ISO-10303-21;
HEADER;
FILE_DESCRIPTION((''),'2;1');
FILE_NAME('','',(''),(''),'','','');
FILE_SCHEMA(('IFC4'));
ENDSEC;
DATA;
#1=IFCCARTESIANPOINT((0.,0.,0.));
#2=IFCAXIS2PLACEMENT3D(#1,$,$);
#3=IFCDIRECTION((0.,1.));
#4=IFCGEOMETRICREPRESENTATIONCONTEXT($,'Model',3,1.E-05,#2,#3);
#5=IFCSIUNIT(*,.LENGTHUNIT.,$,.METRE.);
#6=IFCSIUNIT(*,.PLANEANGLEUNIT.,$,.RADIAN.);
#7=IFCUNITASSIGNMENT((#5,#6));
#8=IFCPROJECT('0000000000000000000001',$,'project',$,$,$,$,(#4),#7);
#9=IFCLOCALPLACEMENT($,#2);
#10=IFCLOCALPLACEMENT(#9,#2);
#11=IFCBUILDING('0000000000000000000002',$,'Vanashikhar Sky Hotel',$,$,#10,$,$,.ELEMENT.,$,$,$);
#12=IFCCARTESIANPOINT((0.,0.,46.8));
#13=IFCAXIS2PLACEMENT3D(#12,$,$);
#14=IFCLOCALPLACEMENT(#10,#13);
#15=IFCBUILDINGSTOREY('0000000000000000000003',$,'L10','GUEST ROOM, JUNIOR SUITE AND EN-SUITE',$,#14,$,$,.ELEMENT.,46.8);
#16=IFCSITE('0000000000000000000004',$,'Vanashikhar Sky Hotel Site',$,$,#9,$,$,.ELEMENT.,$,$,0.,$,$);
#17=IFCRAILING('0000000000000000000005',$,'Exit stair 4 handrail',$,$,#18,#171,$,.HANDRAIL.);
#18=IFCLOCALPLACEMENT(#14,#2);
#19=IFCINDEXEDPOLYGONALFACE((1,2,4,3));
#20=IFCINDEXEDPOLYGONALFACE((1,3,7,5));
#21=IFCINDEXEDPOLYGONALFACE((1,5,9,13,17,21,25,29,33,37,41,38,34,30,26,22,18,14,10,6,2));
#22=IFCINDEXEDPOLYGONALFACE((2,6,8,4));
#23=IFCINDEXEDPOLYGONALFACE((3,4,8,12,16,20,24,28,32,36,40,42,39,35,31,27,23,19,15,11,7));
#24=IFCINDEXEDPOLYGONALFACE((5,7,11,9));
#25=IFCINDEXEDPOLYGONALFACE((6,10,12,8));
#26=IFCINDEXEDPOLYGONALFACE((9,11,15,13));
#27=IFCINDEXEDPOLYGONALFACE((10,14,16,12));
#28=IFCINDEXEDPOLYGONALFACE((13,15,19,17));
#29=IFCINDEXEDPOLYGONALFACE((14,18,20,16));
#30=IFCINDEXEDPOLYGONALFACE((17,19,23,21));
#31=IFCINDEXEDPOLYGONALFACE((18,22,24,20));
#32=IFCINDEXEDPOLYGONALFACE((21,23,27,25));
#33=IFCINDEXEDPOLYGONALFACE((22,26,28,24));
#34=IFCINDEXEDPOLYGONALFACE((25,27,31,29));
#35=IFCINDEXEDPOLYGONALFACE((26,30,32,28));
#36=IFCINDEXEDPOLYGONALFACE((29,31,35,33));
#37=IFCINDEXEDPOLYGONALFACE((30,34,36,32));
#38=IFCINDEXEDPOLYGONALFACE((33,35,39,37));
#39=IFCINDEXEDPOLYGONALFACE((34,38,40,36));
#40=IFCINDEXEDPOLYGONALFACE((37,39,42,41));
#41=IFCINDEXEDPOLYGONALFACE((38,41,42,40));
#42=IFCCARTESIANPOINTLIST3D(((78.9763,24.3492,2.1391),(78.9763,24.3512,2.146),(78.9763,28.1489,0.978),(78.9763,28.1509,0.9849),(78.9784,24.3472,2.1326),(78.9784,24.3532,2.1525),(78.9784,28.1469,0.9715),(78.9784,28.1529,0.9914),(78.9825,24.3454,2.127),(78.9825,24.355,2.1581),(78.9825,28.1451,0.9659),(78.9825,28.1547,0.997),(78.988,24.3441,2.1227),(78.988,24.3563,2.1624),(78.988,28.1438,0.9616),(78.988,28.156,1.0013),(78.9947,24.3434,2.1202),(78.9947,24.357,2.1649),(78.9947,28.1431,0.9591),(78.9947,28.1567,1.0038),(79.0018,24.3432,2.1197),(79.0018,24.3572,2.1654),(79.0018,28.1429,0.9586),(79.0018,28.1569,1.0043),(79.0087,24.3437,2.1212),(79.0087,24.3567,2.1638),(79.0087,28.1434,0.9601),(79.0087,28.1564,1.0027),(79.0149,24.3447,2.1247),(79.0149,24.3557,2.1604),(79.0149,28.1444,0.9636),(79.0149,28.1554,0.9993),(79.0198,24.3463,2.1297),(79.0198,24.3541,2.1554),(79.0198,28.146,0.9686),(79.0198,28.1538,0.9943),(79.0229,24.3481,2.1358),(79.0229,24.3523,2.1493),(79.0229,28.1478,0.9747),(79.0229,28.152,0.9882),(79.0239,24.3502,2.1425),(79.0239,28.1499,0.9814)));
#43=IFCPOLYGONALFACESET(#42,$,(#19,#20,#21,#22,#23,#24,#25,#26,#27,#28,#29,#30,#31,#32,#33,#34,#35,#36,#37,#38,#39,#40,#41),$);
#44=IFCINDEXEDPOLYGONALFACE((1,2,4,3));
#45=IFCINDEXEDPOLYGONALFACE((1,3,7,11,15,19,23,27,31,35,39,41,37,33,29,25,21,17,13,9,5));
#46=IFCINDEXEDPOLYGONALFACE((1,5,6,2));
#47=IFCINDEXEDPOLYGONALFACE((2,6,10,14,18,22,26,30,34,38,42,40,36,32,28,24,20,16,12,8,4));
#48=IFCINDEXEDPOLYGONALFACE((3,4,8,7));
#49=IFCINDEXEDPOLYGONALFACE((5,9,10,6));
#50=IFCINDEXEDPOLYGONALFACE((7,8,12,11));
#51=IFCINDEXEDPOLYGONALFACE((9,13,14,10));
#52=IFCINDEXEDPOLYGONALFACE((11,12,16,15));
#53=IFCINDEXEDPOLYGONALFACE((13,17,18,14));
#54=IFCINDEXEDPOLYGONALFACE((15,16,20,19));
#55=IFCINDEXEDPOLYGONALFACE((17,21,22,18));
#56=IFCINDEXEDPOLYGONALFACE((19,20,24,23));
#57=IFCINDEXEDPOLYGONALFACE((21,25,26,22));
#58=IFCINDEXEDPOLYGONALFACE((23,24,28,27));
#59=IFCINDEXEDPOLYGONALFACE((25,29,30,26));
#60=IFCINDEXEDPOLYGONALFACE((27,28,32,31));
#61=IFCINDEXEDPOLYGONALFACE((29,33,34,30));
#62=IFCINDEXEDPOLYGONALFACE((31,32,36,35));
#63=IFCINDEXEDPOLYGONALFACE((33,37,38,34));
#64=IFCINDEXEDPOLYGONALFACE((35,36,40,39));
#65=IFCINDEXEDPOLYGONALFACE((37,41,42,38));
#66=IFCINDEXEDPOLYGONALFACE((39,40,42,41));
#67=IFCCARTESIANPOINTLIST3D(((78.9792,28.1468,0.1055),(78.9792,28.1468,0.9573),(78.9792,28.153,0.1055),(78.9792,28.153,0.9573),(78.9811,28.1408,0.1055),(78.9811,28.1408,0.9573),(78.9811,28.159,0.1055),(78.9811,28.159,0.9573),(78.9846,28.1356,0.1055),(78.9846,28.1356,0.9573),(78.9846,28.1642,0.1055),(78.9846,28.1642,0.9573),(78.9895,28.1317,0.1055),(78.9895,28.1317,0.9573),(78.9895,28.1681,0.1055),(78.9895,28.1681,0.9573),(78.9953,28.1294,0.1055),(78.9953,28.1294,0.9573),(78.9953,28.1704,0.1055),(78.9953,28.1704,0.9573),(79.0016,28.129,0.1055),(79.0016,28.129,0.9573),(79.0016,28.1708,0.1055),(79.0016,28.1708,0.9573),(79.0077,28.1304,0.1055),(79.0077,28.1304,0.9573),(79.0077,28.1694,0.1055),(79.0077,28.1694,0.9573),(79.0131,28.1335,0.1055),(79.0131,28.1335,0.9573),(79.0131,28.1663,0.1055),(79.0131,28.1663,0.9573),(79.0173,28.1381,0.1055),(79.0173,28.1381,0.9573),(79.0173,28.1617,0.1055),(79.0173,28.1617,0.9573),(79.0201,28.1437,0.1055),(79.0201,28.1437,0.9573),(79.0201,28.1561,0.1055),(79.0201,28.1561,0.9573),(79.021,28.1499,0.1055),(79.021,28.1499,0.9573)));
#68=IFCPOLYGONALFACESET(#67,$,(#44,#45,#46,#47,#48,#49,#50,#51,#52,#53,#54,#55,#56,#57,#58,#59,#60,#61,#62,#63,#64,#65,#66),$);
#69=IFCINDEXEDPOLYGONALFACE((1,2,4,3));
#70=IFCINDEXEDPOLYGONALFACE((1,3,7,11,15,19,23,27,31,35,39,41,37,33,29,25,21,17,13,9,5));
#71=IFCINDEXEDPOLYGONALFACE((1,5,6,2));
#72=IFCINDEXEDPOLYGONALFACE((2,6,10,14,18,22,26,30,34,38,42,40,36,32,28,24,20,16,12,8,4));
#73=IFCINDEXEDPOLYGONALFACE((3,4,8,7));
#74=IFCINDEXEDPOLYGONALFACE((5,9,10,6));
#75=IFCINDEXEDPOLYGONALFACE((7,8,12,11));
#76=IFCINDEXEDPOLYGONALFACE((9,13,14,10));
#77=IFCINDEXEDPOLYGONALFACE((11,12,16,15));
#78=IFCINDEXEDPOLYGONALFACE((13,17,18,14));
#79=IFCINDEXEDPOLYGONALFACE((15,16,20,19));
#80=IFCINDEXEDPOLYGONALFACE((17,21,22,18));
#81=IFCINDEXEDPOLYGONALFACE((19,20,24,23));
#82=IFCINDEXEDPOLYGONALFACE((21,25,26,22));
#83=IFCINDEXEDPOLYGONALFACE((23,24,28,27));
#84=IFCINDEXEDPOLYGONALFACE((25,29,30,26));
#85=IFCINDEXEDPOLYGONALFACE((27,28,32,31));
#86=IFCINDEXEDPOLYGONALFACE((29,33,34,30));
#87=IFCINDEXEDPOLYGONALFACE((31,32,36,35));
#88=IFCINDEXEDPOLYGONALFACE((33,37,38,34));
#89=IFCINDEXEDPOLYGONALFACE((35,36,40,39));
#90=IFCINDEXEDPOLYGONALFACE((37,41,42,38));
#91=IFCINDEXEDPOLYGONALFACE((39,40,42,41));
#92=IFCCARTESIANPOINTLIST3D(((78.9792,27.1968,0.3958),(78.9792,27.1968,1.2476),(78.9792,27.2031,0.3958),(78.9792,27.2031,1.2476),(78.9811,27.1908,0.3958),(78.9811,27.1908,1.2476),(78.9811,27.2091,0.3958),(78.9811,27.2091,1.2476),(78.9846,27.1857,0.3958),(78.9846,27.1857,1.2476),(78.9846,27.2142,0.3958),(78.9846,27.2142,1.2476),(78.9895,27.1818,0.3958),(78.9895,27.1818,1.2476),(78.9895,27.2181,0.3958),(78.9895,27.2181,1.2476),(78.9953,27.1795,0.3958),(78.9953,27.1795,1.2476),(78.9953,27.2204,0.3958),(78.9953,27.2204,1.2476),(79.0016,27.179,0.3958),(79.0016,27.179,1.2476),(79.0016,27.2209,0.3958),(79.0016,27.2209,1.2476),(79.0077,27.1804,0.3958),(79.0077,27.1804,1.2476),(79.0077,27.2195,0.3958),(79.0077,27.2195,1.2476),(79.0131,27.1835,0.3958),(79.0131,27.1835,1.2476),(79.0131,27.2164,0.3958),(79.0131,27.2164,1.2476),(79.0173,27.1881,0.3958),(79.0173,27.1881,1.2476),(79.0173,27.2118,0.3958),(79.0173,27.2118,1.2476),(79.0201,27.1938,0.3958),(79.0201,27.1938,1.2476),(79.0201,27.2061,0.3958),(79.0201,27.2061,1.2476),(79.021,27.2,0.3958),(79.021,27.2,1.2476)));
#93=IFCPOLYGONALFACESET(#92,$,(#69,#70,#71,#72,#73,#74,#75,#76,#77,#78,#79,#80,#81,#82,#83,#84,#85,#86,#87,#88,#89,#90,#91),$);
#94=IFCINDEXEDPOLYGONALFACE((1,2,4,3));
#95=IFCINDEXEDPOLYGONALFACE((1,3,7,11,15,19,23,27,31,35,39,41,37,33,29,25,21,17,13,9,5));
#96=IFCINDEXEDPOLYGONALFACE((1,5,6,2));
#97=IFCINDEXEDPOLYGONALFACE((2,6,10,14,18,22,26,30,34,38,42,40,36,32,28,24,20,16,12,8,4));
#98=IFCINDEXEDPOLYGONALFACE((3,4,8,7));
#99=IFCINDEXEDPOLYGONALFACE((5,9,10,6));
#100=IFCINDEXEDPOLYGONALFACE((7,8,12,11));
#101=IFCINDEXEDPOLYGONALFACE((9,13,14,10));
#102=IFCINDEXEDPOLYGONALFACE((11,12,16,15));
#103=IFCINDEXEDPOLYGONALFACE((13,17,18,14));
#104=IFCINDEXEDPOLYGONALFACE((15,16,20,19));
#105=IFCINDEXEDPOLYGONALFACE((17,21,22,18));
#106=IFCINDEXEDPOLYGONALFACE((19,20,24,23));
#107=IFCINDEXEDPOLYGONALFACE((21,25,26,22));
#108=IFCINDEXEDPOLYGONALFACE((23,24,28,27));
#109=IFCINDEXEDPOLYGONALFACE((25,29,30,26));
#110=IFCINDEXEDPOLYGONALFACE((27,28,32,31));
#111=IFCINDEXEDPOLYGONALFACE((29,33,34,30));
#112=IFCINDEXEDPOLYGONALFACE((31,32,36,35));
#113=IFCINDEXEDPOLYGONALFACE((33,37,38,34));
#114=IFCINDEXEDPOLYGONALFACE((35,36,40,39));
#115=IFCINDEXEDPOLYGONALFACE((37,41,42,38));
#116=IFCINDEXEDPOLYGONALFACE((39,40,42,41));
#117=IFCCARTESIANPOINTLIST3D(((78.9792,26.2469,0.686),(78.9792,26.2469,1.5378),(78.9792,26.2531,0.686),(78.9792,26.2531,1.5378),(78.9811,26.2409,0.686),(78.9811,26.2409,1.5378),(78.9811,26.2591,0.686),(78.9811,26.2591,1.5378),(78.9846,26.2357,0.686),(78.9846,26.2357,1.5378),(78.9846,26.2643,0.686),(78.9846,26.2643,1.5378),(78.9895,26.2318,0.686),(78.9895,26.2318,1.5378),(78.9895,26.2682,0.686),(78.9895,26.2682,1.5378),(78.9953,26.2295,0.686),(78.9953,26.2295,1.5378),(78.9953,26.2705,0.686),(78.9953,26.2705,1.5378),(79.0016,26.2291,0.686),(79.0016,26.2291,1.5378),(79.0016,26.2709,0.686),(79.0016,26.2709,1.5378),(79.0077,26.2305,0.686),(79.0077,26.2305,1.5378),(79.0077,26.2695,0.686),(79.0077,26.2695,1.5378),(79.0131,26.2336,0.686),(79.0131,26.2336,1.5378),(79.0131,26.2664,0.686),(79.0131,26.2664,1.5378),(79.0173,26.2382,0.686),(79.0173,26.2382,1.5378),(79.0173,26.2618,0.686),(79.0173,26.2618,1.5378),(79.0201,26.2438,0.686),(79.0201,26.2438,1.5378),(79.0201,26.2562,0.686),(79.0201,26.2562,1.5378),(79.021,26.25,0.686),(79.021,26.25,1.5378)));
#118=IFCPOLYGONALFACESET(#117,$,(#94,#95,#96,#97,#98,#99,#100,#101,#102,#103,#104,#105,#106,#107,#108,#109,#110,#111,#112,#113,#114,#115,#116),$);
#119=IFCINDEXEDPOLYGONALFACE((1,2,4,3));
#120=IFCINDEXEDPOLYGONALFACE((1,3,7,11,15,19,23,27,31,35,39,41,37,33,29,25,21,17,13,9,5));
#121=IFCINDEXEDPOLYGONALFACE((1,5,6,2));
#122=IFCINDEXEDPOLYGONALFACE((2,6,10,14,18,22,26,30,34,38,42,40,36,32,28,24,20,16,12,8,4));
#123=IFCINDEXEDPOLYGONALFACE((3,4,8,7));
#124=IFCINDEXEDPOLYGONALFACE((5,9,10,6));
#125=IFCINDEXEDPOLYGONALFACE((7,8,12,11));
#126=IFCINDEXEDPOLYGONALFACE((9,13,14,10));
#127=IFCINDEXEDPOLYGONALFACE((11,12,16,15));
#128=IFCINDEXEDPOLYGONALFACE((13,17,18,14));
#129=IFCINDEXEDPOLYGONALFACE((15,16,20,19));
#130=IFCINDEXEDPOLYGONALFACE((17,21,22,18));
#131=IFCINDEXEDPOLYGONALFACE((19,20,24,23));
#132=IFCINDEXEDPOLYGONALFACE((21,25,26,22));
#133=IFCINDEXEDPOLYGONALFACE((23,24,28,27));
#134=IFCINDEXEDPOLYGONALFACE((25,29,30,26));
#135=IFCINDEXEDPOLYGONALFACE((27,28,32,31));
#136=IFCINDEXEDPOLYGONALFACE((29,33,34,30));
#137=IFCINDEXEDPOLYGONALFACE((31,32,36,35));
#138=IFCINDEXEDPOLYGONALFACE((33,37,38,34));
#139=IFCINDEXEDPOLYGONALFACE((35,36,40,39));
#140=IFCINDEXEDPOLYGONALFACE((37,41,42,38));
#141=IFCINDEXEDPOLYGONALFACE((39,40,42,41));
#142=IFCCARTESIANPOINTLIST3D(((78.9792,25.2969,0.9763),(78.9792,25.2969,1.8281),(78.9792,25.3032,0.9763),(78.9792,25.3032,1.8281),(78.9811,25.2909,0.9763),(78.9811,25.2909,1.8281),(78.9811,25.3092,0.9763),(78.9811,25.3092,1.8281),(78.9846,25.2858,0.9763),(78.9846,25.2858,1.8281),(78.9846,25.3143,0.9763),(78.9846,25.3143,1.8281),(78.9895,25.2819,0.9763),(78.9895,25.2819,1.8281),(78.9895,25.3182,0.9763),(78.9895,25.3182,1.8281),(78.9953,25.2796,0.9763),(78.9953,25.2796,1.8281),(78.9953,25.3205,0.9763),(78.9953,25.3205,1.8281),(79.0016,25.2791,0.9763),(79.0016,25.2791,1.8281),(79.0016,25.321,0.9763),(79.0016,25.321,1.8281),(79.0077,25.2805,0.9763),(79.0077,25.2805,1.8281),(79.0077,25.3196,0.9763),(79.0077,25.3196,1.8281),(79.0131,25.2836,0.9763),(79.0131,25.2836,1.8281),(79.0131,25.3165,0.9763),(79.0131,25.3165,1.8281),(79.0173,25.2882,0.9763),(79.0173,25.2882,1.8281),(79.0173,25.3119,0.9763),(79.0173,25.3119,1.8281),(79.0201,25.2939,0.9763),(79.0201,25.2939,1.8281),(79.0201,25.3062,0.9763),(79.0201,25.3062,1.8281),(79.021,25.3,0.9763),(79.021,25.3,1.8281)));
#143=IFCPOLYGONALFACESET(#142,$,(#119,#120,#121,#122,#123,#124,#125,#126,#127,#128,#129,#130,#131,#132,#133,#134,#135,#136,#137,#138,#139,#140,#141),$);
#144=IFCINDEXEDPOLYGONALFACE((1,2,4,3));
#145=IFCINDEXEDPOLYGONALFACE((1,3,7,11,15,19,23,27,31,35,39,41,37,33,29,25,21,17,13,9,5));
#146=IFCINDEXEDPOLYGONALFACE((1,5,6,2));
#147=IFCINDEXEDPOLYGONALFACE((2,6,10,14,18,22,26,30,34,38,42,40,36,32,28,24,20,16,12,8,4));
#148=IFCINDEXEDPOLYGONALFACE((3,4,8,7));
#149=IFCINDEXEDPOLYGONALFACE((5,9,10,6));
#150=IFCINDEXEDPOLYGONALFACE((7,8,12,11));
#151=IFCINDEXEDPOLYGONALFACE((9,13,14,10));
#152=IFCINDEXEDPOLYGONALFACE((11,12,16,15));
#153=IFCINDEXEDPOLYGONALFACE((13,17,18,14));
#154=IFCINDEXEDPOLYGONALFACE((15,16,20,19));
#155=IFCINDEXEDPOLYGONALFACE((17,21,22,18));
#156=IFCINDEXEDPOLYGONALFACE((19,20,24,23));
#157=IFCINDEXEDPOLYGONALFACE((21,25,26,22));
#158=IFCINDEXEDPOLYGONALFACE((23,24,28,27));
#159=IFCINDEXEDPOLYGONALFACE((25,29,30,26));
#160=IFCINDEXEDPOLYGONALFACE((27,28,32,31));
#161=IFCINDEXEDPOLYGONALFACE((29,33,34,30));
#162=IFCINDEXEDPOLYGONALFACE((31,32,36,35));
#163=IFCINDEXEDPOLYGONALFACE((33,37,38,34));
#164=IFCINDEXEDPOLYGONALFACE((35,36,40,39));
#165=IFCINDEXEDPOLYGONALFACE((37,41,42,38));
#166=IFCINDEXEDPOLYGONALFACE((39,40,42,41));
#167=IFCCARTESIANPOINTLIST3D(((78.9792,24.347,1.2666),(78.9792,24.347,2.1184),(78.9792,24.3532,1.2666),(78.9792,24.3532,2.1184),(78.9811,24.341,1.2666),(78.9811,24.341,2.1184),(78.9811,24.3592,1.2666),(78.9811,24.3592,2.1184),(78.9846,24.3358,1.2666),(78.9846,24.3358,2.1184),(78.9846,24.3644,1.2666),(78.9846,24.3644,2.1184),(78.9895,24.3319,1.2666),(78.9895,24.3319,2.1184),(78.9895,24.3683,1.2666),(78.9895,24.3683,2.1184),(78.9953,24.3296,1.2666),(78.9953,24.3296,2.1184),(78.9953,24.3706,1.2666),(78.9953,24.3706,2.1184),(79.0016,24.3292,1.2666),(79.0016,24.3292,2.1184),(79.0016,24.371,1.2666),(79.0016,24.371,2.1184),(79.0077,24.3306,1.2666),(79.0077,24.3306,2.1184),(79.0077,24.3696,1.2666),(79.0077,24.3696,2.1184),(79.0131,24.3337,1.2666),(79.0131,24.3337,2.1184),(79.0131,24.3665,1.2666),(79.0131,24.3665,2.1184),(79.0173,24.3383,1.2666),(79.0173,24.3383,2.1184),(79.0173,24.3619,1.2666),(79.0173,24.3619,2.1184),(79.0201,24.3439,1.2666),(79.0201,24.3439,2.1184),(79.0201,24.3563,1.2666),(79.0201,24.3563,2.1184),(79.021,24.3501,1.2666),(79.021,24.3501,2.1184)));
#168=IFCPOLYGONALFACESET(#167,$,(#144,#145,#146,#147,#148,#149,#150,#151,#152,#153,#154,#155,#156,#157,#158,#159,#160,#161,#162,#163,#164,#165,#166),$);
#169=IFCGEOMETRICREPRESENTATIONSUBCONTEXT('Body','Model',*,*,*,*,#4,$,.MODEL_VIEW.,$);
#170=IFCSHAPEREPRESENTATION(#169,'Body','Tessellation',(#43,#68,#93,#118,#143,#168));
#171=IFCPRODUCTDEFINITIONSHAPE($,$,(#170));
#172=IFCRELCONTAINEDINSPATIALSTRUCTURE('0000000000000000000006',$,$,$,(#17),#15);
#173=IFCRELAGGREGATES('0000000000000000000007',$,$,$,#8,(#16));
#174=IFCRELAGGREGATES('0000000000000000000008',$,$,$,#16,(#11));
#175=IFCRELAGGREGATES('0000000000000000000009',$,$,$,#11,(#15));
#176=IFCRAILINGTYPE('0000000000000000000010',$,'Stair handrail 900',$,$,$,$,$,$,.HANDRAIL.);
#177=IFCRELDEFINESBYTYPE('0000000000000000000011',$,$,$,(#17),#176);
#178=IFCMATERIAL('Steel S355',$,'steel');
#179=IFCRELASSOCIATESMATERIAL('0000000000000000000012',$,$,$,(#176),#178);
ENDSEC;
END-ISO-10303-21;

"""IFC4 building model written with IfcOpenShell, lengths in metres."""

from ifc_helpers import new_model, si_unit, direction, frame, origin, origin_2d, place, context, subcontext, project, spatial, circle, extrude, source, transform, mapped, material, type_object, element, save


model = new_model("IFC4")

# Units and contexts
model_context = context("Model", 3, precision=1e-05, world=origin(), true_north=direction((0.0, 1.0)))
body_context = subcontext(model_context, "Body", "Model", "MODEL_VIEW")
ifc_project = project(units=[si_unit("LENGTHUNIT", "METRE"), si_unit("PLANEANGLEUNIT", "RADIAN")], contexts=[model_context])

# Site, building, storey
site_placement = place(None, origin())
site = spatial("IfcSite", under=ifc_project, at=site_placement, Name="Vanashikhar Sky Hotel Site", CompositionType="ELEMENT", RefElevation=0.0)
building_placement = place(site_placement, origin())
building = spatial("IfcBuilding", under=site, at=building_placement, Name="Vanashikhar Sky Hotel", CompositionType="ELEMENT")
storey_placement = place(building_placement, frame((0.0, 0.0, 46.8)))
storey = spatial("IfcBuildingStorey", under=building, at=storey_placement, Name="L10", Description="GUEST ROOM, JUNIOR SUITE AND EN-SUITE", CompositionType="ELEMENT", Elevation=46.8)

# Railing
ifc_material_1 = material(Name="Steel S355", Category="steel")
railing_type_1 = type_object("IfcRailingType", Name="Stair handrail 900", PredefinedType="HANDRAIL", material=ifc_material_1)
shared_shape_1 = source(origin(), body_context, "Body", "SweptSolid", [
    extrude(circle(Radius=0.0239, at=origin_2d()), frame((0.0, 0.0, 0.876), z_axis=(0.0, -0.956346, 0.292237), x_axis=(1.0, 0.0, 0.0)), (0.0, 0.0, 1.0), 3.9731),
    extrude(circle(Radius=0.021, at=origin_2d()), origin(), (0.0, 0.0, 1.0), 0.8518),
    extrude(circle(Radius=0.021, at=origin_2d()), frame((0.0, -0.95, 0.2903)), (0.0, 0.0, 1.0), 0.8518),
    extrude(circle(Radius=0.021, at=origin_2d()), frame((0.0, -1.8999, 0.5806)), (0.0, 0.0, 1.0), 0.8518),
    extrude(circle(Radius=0.021, at=origin_2d()), frame((0.0, -2.8499, 0.8708)), (0.0, 0.0, 1.0), 0.8518),
    extrude(circle(Radius=0.021, at=origin_2d()), frame((0.0, -3.7998, 1.1611)), (0.0, 0.0, 1.0), 0.8518),
])
for number, where, name in (
    (1, (79.0, 28.1499, 0.1055), "Exit stair 4 handrail"),
):
    element("IfcRailing", number, at=place(storey_placement, frame(where)), inside=storey, type_object=railing_type_1, Name=name, PredefinedType="HANDRAIL", context=body_context, shape_type="MappedRepresentation", body=[
        mapped(shared_shape_1, transform((0.0, 0.0, 0.0), scale=1.0)),
    ])

save(model, "model.ifc")
